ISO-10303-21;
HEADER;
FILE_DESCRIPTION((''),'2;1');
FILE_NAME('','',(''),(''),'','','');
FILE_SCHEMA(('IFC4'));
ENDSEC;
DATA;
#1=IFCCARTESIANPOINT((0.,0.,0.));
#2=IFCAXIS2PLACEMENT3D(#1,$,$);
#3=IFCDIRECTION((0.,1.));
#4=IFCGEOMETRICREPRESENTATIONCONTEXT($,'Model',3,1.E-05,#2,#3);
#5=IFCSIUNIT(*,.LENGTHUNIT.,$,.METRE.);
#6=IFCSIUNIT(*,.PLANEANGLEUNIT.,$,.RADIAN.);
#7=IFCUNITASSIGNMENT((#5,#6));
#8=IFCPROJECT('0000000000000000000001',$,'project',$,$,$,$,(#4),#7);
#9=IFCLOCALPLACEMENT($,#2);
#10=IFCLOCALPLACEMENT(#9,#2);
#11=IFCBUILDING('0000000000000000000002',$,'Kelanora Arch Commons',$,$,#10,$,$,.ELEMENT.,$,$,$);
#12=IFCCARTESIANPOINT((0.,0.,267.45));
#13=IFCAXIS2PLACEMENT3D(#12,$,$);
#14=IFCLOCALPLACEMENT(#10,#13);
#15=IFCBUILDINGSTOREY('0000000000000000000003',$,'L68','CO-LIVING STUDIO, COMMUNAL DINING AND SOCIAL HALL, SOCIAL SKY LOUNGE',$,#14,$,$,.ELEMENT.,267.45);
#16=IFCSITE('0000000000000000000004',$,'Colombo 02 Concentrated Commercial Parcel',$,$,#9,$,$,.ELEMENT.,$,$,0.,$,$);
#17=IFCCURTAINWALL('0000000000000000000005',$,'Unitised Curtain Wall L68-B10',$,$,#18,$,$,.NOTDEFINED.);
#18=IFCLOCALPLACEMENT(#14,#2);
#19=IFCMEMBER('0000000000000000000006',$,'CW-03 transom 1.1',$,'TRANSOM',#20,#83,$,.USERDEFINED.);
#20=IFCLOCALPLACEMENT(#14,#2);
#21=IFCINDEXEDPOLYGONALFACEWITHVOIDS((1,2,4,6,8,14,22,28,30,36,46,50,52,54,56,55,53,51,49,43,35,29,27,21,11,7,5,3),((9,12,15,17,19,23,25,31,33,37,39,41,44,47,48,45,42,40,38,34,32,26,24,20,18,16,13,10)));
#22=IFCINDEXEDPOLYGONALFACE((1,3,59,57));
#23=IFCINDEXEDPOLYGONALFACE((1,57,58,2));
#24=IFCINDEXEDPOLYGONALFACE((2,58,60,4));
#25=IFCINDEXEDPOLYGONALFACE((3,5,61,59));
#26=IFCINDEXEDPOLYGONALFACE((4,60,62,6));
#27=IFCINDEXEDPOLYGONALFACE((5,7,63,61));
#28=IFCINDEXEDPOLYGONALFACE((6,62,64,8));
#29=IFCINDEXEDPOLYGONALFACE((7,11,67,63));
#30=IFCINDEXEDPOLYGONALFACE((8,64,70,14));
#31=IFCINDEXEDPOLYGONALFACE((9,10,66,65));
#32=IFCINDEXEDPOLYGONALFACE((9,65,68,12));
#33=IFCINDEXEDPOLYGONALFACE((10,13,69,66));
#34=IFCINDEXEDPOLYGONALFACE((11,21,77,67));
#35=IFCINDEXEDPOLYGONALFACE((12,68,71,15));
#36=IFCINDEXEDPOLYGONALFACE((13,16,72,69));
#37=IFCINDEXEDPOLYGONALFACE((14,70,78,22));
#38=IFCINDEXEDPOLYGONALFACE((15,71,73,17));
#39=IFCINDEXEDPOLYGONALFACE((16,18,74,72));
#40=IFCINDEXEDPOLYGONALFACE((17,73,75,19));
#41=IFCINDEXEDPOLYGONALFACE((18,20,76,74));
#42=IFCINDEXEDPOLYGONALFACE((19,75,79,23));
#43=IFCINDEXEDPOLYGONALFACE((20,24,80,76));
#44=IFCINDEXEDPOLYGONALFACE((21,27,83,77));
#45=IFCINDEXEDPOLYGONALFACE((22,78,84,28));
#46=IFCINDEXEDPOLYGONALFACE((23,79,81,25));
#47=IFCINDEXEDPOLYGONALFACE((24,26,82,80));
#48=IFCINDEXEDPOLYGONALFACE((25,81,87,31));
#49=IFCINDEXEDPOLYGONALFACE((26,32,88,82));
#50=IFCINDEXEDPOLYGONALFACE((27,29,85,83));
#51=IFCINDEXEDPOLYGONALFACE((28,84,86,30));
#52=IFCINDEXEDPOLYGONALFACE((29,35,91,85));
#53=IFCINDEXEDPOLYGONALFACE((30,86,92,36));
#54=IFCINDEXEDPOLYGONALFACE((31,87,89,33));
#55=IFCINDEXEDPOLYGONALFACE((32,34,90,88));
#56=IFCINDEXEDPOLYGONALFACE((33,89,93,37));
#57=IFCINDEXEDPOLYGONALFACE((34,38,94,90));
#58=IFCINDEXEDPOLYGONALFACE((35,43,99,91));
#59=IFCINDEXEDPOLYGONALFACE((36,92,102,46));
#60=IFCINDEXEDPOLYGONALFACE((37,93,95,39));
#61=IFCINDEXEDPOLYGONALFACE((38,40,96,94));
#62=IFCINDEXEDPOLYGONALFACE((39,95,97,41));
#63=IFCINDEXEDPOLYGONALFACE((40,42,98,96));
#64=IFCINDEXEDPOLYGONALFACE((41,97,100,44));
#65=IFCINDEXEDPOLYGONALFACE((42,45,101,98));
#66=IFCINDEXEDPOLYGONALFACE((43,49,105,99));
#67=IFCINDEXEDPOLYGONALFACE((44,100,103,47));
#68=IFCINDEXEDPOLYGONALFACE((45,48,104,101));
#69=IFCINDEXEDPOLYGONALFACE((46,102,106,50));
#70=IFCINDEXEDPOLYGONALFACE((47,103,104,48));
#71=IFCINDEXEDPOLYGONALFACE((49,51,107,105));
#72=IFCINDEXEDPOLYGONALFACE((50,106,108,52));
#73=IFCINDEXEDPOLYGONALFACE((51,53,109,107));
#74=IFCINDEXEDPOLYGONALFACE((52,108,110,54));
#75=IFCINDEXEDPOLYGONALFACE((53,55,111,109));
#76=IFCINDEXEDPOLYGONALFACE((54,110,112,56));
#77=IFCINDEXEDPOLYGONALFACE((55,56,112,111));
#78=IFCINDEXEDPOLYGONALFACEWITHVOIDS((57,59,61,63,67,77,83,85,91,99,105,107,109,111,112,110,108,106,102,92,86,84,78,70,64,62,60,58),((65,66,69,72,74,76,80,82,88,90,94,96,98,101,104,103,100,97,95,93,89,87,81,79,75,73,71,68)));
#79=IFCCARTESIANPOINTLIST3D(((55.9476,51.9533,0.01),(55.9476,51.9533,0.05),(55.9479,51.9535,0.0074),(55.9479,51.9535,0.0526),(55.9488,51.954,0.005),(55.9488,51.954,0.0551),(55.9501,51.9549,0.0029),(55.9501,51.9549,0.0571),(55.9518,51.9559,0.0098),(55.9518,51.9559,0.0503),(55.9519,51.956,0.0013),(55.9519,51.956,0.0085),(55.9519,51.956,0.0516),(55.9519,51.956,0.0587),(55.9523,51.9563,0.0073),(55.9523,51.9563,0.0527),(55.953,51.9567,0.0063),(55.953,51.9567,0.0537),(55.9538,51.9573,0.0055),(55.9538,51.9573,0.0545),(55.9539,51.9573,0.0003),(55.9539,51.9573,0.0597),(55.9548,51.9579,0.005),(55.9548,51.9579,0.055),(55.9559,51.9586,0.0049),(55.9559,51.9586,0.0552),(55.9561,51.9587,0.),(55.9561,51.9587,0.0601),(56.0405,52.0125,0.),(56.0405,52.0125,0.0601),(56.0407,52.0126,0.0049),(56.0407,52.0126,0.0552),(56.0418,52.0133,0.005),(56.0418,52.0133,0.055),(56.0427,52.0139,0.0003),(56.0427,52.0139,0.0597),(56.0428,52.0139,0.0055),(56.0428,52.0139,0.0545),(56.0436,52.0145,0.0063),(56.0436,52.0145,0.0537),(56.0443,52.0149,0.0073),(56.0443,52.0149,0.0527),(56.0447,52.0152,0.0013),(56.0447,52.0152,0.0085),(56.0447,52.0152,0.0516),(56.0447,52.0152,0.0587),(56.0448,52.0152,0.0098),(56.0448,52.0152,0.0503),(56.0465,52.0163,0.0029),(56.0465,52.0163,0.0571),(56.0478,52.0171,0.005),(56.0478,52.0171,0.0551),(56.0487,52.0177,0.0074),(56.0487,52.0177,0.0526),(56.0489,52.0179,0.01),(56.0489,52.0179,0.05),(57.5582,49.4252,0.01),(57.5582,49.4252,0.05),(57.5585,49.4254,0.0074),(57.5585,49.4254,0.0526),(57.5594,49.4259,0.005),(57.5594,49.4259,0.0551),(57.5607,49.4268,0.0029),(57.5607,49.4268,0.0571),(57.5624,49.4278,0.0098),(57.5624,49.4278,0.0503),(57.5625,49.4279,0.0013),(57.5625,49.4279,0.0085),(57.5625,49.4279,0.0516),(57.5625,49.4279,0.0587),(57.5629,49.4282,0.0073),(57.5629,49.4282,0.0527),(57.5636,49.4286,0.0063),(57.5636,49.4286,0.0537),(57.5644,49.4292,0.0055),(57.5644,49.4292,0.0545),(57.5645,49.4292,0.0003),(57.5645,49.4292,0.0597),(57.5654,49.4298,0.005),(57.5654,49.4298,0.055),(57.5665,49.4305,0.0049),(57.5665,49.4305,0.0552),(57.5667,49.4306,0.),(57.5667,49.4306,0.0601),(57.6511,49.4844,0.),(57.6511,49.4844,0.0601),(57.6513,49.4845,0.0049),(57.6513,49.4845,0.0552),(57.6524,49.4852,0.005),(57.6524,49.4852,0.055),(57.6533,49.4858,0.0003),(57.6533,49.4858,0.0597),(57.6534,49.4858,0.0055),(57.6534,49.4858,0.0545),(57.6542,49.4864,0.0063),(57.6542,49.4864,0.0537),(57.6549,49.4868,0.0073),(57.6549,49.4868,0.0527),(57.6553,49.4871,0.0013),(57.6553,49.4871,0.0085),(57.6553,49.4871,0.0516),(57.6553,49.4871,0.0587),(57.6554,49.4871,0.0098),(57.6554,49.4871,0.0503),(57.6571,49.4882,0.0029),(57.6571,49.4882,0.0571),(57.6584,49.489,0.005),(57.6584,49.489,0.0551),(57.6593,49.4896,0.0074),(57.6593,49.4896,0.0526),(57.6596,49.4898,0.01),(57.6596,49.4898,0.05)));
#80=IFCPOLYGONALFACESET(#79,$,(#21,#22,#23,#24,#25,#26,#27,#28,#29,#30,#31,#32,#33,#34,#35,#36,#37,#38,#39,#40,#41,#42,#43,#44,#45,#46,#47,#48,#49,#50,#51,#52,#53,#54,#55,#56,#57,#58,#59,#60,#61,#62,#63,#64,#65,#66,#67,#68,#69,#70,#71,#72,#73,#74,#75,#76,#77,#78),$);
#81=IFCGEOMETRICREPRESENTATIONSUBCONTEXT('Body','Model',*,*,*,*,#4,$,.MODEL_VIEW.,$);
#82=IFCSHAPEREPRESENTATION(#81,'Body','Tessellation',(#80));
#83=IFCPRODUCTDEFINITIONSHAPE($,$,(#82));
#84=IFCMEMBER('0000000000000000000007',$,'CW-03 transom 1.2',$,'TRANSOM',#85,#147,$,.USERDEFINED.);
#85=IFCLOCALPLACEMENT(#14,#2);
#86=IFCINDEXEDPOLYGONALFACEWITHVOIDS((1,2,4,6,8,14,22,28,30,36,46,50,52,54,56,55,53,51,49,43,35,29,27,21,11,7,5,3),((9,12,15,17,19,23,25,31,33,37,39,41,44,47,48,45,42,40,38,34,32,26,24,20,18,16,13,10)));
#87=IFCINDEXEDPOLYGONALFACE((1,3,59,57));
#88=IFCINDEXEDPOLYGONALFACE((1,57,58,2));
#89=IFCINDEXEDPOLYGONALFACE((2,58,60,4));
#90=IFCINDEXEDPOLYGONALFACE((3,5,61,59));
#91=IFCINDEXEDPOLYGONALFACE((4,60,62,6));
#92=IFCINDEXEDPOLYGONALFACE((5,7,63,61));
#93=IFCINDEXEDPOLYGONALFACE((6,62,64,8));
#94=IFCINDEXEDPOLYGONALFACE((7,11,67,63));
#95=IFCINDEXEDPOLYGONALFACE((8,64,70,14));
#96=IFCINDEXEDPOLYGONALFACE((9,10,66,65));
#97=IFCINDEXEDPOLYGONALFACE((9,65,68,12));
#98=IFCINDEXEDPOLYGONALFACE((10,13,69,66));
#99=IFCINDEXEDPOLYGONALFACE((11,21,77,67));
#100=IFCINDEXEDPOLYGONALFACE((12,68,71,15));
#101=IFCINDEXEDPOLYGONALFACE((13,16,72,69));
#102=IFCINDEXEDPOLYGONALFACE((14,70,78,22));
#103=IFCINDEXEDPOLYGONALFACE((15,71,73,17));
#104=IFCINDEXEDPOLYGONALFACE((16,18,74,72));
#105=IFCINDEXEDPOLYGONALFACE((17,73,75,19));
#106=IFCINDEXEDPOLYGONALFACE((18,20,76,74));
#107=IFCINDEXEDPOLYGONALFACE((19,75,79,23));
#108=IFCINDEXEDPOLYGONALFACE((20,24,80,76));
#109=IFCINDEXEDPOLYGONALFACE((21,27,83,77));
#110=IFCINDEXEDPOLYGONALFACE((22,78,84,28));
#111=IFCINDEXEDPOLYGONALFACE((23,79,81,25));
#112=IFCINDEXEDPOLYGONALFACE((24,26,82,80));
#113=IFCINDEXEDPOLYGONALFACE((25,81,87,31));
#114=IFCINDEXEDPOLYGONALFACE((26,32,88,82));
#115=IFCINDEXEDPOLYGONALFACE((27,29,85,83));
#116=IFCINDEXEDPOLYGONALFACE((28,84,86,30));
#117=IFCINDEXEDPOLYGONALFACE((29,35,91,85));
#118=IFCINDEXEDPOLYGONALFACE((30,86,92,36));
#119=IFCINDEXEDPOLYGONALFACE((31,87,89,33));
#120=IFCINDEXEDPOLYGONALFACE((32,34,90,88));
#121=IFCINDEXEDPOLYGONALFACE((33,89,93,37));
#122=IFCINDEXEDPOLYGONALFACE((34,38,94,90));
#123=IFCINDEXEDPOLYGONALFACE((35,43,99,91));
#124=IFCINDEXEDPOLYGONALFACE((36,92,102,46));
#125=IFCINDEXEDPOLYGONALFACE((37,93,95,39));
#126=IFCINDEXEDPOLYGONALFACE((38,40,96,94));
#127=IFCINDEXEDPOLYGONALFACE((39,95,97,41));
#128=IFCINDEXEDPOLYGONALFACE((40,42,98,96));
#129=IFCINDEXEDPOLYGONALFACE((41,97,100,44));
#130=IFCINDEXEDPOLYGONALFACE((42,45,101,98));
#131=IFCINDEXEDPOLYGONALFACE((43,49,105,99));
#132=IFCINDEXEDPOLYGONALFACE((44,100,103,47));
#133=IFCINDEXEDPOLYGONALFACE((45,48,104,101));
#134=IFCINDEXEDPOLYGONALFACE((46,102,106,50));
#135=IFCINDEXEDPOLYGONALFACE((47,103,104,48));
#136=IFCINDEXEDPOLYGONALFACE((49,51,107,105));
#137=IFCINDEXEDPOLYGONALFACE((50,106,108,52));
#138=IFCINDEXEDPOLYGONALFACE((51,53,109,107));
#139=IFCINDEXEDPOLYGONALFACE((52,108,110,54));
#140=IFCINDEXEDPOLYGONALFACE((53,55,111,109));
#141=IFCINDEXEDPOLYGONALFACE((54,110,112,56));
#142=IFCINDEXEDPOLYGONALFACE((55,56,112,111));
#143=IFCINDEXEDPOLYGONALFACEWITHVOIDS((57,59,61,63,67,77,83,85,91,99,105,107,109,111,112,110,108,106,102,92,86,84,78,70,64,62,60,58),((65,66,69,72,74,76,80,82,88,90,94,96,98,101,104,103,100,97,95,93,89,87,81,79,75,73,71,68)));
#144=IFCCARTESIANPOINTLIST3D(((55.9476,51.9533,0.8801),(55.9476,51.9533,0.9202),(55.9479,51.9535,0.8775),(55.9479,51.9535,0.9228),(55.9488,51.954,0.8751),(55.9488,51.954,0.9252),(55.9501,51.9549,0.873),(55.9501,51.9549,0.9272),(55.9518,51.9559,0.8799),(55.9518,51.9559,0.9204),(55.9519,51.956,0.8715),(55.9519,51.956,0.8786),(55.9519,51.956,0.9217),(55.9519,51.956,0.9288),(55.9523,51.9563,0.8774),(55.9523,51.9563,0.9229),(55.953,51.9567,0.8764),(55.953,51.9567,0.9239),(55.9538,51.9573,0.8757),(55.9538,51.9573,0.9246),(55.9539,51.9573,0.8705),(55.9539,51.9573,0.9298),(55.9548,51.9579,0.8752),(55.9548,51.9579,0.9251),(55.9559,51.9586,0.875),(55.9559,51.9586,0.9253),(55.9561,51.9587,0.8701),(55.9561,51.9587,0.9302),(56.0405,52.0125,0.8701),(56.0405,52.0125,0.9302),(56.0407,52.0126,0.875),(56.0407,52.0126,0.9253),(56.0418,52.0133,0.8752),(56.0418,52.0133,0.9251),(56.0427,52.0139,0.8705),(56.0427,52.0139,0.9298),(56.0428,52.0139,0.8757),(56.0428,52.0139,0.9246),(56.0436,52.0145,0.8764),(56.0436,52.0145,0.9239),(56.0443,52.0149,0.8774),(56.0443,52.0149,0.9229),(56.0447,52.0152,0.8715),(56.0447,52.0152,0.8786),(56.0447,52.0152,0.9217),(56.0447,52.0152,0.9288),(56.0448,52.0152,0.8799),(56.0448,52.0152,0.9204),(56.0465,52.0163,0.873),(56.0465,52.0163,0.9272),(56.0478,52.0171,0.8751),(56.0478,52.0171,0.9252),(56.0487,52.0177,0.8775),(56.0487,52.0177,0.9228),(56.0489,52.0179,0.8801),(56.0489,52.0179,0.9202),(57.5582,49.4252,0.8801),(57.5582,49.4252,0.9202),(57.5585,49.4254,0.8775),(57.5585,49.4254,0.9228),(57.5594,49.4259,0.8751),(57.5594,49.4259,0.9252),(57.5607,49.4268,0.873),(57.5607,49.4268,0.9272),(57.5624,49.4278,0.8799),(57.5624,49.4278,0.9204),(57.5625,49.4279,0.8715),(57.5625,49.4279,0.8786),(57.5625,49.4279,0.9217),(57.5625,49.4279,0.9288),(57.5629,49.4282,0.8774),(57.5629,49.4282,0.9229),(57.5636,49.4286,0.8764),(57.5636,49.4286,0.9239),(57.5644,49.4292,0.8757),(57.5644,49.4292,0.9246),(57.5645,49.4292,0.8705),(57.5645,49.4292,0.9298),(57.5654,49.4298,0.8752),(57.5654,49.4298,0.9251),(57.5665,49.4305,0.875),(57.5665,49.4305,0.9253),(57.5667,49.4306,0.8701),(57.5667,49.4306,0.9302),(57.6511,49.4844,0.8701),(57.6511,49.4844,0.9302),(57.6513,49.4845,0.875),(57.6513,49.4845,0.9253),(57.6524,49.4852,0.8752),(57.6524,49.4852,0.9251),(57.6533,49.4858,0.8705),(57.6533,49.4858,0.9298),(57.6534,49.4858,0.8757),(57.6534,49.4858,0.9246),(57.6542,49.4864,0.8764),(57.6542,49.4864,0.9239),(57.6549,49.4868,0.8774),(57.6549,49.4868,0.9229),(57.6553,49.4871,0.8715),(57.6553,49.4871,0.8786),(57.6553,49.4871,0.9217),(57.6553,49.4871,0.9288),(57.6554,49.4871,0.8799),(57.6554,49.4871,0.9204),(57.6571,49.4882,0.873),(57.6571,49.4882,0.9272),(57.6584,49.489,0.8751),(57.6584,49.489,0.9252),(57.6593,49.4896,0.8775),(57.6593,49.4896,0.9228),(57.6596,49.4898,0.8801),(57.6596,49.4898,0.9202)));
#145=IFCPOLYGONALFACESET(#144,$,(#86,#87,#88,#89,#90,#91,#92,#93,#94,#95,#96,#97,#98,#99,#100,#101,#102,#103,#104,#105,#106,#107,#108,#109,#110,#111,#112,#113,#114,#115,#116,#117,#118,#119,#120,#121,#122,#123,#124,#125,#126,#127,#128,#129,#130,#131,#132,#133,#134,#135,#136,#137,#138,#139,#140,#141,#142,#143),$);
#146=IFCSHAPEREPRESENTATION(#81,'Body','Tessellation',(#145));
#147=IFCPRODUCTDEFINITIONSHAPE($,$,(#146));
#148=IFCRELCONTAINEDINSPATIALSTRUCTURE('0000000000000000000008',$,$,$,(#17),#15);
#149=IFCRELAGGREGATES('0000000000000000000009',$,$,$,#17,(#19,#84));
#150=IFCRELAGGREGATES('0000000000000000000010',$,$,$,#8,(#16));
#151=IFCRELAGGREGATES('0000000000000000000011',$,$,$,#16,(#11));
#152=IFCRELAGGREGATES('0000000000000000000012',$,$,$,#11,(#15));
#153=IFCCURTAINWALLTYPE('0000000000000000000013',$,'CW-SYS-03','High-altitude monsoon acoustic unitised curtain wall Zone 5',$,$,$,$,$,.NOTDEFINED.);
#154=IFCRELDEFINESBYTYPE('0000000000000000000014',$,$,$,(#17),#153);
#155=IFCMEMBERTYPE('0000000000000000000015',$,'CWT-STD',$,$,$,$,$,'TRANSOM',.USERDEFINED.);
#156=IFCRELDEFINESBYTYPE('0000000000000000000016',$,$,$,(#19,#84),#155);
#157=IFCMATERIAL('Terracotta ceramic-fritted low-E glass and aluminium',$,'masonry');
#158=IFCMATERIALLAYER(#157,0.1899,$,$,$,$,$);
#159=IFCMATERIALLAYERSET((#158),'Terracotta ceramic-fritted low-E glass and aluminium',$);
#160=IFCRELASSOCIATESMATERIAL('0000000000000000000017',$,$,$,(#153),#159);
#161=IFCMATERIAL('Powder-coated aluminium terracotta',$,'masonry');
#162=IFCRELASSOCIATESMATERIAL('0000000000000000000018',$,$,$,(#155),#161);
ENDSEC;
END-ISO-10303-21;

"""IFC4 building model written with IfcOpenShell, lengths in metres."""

from ifc_helpers import new_model, si_unit, direction, frame, origin, origin_2d, place, context, subcontext, project, spatial, hollow_rectangle, extrude, material, layer, layer_set, material_profile, profile_set, type_object, element, aggregate, save


model = new_model("IFC4")

# Units and contexts
model_context = context("Model", 3, precision=1e-05, world=origin(), true_north=direction((0.0, 1.0)))
body_context = subcontext(model_context, "Body", "Model", "MODEL_VIEW")
ifc_project = project(units=[si_unit("LENGTHUNIT", "METRE"), si_unit("PLANEANGLEUNIT", "RADIAN")], contexts=[model_context])

# Site, building, storey
site_placement = place(None, origin())
site = spatial("IfcSite", under=ifc_project, at=site_placement, Name="Colombo 02 Concentrated Commercial Parcel", CompositionType="ELEMENT", RefElevation=0.0)
building_placement = place(site_placement, origin())
building = spatial("IfcBuilding", under=site, at=building_placement, Name="Kelanora Arch Commons", CompositionType="ELEMENT")
storey_placement = place(building_placement, frame((0.0, 0.0, 267.45)))
storey = spatial("IfcBuildingStorey", under=building, at=storey_placement, Name="L68", Description="CO-LIVING STUDIO, COMMUNAL DINING AND SOCIAL HALL, SOCIAL SKY LOUNGE", CompositionType="ELEMENT", Elevation=267.45)

# Curtain wall, members
ifc_material_1 = material(Name="Terracotta ceramic-fritted low-E glass and aluminium", Category="masonry")
ifc_layer_1 = layer(ifc_material_1, 0.1899)
ifc_layer_set_1 = layer_set([ifc_layer_1], Name="Terracotta ceramic-fritted low-E glass and aluminium")
curtain_wall_type = type_object("IfcCurtainWallType", Name="CW-SYS-03", Description="High-altitude monsoon acoustic unitised curtain wall Zone 5", PredefinedType="NOTDEFINED", material=ifc_layer_set_1)
curtain_wall_placement = place(storey_placement, origin())
curtain_wall = element("IfcCurtainWall", 1, at=curtain_wall_placement, inside=storey, type_object=curtain_wall_type, Name="Unitised Curtain Wall L68-B10", PredefinedType="NOTDEFINED")
ifc_material_2 = material(Name="Powder-coated aluminium terracotta", Category="masonry")
ifc_material_profile_1 = material_profile(ifc_material_2, hollow_rectangle(XDim=0.1201, YDim=0.0601, WallThickness=0.0049, InnerFilletRadius=0.0049, OuterFilletRadius=0.01, at=origin_2d()), Name="CWT120x60")
ifc_profile_set_1 = profile_set([ifc_material_profile_1], Name="Powder-coated aluminium terracotta")
member_type_1 = type_object("IfcMemberType", Name="CWT-STD", ElementType="TRANSOM", PredefinedType="USERDEFINED", material=ifc_profile_set_1)
member_1_placement = place(storey_placement, frame((55.9983, 51.9856, 0.03), z_axis=(0.537308, -0.843386, 0.0), x_axis=(0.843386, 0.537308, 0.0)))
member_1 = element("IfcMember", 2, at=member_1_placement, type_object=member_type_1, Name="CW-03 transom 1.1", ObjectType="TRANSOM", PredefinedType="USERDEFINED", context=body_context, shape_type="SweptSolid", body=[
    extrude(hollow_rectangle(XDim=0.1201, YDim=0.0601, WallThickness=0.0049, InnerFilletRadius=0.0049, OuterFilletRadius=0.01, at=origin_2d()), origin(), (0.0, 0.0, 1.0), 2.9976),
])
member_2_placement = place(storey_placement, frame((55.9983, 51.9856, 0.9001), z_axis=(0.537308, -0.843386, 0.0), x_axis=(0.843386, 0.537308, 0.0)))
member_2 = element("IfcMember", 3, at=member_2_placement, type_object=member_type_1, Name="CW-03 transom 1.2", ObjectType="TRANSOM", PredefinedType="USERDEFINED", context=body_context, shape_type="SweptSolid", body=[
    extrude(hollow_rectangle(XDim=0.1201, YDim=0.0601, WallThickness=0.0049, InnerFilletRadius=0.0049, OuterFilletRadius=0.01, at=origin_2d()), origin(), (0.0, 0.0, 1.0), 2.9976),
])

aggregate(curtain_wall, [member_1, member_2])

save(model, "model.ifc")
